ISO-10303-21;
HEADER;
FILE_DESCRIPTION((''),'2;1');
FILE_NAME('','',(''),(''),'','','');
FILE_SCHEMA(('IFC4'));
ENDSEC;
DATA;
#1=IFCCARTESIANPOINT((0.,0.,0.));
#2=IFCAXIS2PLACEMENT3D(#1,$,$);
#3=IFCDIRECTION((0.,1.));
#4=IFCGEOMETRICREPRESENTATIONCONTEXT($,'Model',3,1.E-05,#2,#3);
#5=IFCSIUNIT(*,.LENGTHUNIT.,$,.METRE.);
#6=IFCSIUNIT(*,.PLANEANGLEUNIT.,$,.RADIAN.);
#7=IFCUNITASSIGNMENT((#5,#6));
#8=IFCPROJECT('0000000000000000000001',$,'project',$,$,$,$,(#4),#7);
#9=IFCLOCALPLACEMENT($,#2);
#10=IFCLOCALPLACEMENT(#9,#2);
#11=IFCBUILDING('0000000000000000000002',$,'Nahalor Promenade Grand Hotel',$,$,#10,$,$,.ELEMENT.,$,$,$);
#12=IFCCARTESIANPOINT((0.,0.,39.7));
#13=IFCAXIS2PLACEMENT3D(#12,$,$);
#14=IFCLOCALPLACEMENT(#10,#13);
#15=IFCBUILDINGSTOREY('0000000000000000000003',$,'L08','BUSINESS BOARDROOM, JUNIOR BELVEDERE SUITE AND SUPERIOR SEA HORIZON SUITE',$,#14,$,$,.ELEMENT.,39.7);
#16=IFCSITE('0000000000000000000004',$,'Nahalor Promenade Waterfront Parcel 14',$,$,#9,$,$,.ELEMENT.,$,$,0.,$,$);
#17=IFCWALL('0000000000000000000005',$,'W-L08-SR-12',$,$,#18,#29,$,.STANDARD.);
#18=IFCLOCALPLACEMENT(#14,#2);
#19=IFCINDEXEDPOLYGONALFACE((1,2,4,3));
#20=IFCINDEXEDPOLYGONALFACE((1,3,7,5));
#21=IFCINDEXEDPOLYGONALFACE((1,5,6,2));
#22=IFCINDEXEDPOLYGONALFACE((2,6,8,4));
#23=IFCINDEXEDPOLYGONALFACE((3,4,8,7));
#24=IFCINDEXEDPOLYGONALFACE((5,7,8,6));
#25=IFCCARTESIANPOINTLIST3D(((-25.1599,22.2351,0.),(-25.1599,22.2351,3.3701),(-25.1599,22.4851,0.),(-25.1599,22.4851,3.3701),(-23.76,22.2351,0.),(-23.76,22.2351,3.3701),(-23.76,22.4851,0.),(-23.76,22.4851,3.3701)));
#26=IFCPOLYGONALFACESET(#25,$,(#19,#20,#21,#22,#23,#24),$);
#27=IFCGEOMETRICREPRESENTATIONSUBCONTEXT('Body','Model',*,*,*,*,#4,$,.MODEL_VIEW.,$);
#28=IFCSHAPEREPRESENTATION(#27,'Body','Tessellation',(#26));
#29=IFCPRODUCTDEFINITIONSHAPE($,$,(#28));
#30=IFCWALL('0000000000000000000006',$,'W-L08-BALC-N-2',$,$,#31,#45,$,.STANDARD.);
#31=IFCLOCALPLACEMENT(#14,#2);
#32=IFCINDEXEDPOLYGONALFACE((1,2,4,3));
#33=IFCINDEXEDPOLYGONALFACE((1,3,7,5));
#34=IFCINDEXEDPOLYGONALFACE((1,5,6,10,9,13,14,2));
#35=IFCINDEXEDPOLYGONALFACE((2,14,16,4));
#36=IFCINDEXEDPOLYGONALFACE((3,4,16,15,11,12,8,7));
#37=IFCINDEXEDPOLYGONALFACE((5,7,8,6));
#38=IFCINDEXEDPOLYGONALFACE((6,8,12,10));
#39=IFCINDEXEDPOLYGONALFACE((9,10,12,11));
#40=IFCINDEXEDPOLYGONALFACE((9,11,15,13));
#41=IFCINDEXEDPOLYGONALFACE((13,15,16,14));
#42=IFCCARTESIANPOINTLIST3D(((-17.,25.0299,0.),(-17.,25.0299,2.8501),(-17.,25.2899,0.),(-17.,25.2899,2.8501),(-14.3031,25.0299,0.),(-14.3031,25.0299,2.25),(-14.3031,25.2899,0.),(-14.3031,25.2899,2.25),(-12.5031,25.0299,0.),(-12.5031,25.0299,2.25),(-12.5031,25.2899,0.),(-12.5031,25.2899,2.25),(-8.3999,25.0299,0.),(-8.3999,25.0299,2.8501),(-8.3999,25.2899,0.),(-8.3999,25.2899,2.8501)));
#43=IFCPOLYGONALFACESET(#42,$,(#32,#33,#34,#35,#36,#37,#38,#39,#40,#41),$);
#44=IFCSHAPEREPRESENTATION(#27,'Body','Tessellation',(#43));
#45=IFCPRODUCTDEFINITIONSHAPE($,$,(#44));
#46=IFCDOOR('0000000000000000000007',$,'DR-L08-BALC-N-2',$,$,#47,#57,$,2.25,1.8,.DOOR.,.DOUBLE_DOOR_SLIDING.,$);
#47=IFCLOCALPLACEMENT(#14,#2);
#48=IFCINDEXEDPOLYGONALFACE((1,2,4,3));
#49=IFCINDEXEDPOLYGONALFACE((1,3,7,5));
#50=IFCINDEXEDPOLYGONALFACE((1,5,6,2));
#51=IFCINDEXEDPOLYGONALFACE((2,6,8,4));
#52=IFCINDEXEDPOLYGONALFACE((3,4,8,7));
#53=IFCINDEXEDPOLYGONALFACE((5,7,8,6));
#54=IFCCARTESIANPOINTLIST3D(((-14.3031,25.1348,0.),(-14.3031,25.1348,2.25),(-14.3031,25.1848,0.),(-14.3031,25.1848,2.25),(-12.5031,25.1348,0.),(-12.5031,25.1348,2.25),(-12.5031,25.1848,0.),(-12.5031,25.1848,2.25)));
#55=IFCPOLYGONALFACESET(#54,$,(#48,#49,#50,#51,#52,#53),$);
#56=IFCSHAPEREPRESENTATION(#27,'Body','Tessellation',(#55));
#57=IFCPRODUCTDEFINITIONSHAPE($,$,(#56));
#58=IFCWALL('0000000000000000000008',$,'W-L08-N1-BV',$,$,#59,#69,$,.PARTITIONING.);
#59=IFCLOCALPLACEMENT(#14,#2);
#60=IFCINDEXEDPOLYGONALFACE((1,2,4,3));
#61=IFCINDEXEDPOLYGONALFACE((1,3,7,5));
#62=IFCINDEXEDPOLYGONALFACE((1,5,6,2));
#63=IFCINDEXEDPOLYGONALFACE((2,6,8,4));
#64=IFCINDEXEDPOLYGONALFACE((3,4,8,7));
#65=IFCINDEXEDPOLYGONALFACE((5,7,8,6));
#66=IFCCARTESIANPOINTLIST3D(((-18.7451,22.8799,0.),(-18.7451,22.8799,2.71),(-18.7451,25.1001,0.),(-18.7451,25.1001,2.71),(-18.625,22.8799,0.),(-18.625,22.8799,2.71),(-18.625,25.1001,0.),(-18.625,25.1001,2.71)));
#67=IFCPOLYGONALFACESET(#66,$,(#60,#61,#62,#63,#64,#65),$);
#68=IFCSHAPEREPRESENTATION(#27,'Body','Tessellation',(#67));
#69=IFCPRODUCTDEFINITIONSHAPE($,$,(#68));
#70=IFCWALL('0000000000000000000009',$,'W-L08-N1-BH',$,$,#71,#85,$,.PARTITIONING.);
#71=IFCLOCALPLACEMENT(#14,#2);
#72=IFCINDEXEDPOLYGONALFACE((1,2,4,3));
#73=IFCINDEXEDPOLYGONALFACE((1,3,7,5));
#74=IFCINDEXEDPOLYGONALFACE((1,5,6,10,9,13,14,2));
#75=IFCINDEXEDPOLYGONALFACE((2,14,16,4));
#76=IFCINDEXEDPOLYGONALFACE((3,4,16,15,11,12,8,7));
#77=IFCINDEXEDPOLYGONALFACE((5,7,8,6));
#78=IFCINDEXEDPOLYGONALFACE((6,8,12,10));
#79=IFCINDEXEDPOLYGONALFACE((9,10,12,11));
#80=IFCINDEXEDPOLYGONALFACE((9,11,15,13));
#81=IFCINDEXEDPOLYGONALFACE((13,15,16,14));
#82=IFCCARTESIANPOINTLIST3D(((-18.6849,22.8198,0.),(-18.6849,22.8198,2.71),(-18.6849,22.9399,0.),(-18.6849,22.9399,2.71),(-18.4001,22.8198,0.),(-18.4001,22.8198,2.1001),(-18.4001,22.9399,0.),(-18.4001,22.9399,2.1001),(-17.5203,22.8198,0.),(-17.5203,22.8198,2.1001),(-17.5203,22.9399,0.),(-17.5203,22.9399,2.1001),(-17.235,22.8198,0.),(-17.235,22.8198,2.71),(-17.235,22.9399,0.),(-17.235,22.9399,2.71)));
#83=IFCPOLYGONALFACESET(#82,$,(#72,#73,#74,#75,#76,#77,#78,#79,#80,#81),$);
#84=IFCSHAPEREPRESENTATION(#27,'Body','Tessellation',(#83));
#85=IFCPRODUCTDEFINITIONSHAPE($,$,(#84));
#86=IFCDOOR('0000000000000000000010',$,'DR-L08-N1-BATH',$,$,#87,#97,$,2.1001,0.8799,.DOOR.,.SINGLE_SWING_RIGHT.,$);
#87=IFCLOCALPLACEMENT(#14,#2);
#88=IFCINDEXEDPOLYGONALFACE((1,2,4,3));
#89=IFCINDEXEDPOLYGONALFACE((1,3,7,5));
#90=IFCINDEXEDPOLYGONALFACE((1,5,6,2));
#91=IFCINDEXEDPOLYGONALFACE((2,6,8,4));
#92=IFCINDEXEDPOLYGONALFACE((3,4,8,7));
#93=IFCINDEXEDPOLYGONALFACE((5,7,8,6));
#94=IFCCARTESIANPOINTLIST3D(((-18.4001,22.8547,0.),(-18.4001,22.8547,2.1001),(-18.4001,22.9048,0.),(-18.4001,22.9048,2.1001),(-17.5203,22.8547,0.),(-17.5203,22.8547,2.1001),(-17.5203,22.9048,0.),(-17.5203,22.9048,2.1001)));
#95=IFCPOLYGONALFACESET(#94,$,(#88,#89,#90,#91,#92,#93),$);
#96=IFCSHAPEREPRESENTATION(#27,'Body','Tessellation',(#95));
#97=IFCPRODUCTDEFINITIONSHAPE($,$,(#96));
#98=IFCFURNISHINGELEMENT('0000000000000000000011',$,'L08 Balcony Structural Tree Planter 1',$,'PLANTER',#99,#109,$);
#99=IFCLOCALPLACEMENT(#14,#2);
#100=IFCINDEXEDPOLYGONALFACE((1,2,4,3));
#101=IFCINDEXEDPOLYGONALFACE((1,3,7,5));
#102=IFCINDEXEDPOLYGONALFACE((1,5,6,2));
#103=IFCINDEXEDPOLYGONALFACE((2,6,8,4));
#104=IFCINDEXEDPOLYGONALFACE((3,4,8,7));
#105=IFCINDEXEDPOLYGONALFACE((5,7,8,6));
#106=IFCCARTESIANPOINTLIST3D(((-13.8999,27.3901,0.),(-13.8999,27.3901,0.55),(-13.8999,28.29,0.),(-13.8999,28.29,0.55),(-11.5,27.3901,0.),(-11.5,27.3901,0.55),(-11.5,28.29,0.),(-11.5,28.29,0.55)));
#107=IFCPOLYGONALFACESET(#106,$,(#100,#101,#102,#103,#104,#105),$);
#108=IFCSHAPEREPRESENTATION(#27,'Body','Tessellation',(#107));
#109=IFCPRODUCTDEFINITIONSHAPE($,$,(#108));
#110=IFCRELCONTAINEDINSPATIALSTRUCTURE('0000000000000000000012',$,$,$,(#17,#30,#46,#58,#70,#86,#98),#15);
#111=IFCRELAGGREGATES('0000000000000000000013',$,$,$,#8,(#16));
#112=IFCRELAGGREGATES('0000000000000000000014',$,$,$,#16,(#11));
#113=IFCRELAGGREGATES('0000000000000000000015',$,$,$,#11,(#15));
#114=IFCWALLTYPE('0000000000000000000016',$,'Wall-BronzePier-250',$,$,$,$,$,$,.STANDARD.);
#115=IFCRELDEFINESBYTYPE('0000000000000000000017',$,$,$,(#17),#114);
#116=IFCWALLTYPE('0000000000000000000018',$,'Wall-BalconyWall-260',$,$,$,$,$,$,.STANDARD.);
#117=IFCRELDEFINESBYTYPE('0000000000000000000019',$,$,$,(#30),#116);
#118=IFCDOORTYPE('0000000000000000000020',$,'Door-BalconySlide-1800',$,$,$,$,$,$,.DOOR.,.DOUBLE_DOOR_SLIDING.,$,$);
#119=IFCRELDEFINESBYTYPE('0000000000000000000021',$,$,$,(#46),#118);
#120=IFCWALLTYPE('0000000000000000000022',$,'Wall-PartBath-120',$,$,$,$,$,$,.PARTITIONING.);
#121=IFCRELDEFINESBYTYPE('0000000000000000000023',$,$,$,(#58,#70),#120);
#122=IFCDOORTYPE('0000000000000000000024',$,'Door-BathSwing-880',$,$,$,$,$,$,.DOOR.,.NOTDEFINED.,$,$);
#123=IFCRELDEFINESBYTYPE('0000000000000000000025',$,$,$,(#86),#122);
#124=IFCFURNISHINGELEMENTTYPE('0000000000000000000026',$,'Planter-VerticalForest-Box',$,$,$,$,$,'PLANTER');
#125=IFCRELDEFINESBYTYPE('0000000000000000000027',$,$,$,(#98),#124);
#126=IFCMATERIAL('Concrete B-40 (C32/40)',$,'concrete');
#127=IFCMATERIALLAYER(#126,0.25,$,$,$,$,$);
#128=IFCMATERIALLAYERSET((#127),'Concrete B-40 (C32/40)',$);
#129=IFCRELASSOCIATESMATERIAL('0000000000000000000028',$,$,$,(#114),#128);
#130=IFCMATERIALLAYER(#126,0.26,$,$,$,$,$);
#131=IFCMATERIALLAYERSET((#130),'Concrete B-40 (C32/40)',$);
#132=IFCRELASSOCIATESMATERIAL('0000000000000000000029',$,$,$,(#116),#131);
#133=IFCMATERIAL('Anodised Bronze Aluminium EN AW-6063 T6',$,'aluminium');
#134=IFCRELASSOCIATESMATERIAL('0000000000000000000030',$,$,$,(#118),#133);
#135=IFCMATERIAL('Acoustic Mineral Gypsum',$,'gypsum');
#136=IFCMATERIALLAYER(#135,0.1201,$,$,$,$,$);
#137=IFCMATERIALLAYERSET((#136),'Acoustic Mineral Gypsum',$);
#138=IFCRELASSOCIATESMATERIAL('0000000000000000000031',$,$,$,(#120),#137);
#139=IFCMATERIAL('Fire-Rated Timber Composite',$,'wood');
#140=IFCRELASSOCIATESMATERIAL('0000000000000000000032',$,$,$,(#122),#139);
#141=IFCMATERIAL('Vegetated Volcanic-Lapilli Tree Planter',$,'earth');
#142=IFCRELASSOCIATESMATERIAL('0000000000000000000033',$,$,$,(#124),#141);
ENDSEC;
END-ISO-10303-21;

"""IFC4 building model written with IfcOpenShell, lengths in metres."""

from ifc_helpers import new_model, si_unit, direction, frame, frame_2d, origin, origin_2d, place, context, subcontext, project, spatial, rectangle, extrude, source, transform, mapped, material, layer, layer_set, type_object, element, fill, save


model = new_model("IFC4")

# Units and contexts
model_context = context("Model", 3, precision=1e-05, world=origin(), true_north=direction((0.0, 1.0)))
body_context = subcontext(model_context, "Body", "Model", "MODEL_VIEW")
ifc_project = project(units=[si_unit("LENGTHUNIT", "METRE"), si_unit("PLANEANGLEUNIT", "RADIAN")], contexts=[model_context])

# Site, building, storey
site_placement = place(None, origin())
site = spatial("IfcSite", under=ifc_project, at=site_placement, Name="Nahalor Promenade Waterfront Parcel 14", CompositionType="ELEMENT", RefElevation=0.0)
building_placement = place(site_placement, origin())
building = spatial("IfcBuilding", under=site, at=building_placement, Name="Nahalor Promenade Grand Hotel", CompositionType="ELEMENT")
storey_placement = place(building_placement, frame((0.0, 0.0, 39.7)))
storey = spatial("IfcBuildingStorey", under=building, at=storey_placement, Name="L08", Description="BUSINESS BOARDROOM, JUNIOR BELVEDERE SUITE AND SUPERIOR SEA HORIZON SUITE", CompositionType="ELEMENT", Elevation=39.7)

# Shared definitions
ifc_material_1 = material(Name="Anodised Bronze Aluminium EN AW-6063 T6", Category="aluminium")

# Wall
ifc_material_2 = material(Name="Concrete B-40 (C32/40)", Category="concrete")
ifc_layer_1 = layer(ifc_material_2, 0.25)
ifc_layer_set_1 = layer_set([ifc_layer_1], Name="Concrete B-40 (C32/40)")
wall_type_1 = type_object("IfcWallType", Name="Wall-BronzePier-250", PredefinedType="STANDARD", material=ifc_layer_set_1)
shared_shape_1 = source(origin(), body_context, "Body", "SweptSolid", [
    extrude(rectangle(XDim=1.3999, YDim=0.25, at=frame_2d((0.7, 0.0))), origin(), (0.0, 0.0, 1.0), 3.3701),
])
for number, where, z_axis, x_axis, name in (
    (1, (-25.1599, 22.3601, 0.0), (0.0, 0.0, 1.0), (1.0, 0.0, 0.0), "W-L08-SR-12"),
):
    element("IfcWall", number, at=place(storey_placement, frame(where, z_axis=z_axis, x_axis=x_axis)), inside=storey, type_object=wall_type_1, Name=name, PredefinedType="STANDARD", context=body_context, shape_type="MappedRepresentation", body=[
        mapped(shared_shape_1, transform((0.0, 0.0, 0.0), scale=1.0)),
    ])

# Wall, opening, door
ifc_layer_2 = layer(ifc_material_2, 0.26)
ifc_layer_set_2 = layer_set([ifc_layer_2], Name="Concrete B-40 (C32/40)")
wall_type_2 = type_object("IfcWallType", Name="Wall-BalconyWall-260", PredefinedType="STANDARD", material=ifc_layer_set_2)
shared_shape_2 = source(origin(), body_context, "Body", "SweptSolid", [
    extrude(rectangle(XDim=8.6001, YDim=0.26, at=frame_2d((4.3, 0.0))), origin(), (0.0, 0.0, 1.0), 2.8501),
])
wall_1_placement = place(storey_placement, frame((-17.0, 25.1599, 0.0), z_axis=(0.0, 0.0, 1.0), x_axis=(1.0, 0.0, 0.0)))
wall_1 = element("IfcWall", 2, at=wall_1_placement, inside=storey, type_object=wall_type_2, Name="W-L08-BALC-N-2", PredefinedType="STANDARD", context=body_context, shape_type="MappedRepresentation", body=[
    mapped(shared_shape_2, transform((0.0, 0.0, 0.0), scale=1.0)),
])
opening_1_placement = place(wall_1_placement, frame((2.697, 0.0, 0.0)))
opening_1 = element("IfcOpeningElement", 3, at=opening_1_placement, cuts=wall_1, PredefinedType="OPENING", context=body_context, shape_type="SweptSolid", body=[
    extrude(rectangle(XDim=1.8, YDim=2.25, at=frame_2d((0.8999, 1.125))), frame((0.0, 0.1399, 0.0), z_axis=(0.0, -1.0, 0.0), x_axis=(1.0, 0.0, 0.0)), (0.0, 0.0, 1.0), 0.28),
])
door_type_1 = type_object("IfcDoorType", Name="Door-BalconySlide-1800", OperationType="DOUBLE_DOOR_SLIDING", PredefinedType="DOOR", material=ifc_material_1)
shared_shape_3 = source(origin(), body_context, "Body", "SweptSolid", [
    extrude(rectangle(XDim=1.8, YDim=2.25, at=frame_2d((0.8999, 1.125))), frame((0.0, 0.0249, 0.0), z_axis=(0.0, -1.0, 0.0), x_axis=(1.0, 0.0, 0.0)), (0.0, 0.0, 1.0), 0.05),
])
door_1_placement = place(opening_1_placement, origin())
door_1 = element("IfcDoor", 4, at=door_1_placement, inside=storey, type_object=door_type_1, Name="DR-L08-BALC-N-2", OperationType="DOUBLE_DOOR_SLIDING", OverallHeight=2.25, OverallWidth=1.8, PredefinedType="DOOR", context=body_context, shape_type="MappedRepresentation", body=[
    mapped(shared_shape_3, transform((0.0, 0.0, 0.0), scale=1.0)),
])
fill(opening_1, door_1)

# Wall
ifc_material_3 = material(Name="Acoustic Mineral Gypsum", Category="gypsum")
ifc_layer_3 = layer(ifc_material_3, 0.1201)
ifc_layer_set_3 = layer_set([ifc_layer_3], Name="Acoustic Mineral Gypsum")
wall_type_3 = type_object("IfcWallType", Name="Wall-PartBath-120", PredefinedType="PARTITIONING", material=ifc_layer_set_3)
shared_shape_4 = source(origin(), body_context, "Body", "SweptSolid", [
    extrude(rectangle(XDim=2.2202, YDim=0.1201, at=frame_2d((1.1101, 0.0))), origin(), (0.0, 0.0, 1.0), 2.71),
])
wall_2_placement = place(storey_placement, frame((-18.6851, 22.8799, 0.0), z_axis=(0.0, 0.0, 1.0), x_axis=(0.0, 1.0, 0.0)))
element("IfcWall", 5, at=wall_2_placement, inside=storey, type_object=wall_type_3, Name="W-L08-N1-BV", PredefinedType="PARTITIONING", context=body_context, shape_type="MappedRepresentation", body=[
    mapped(shared_shape_4, transform((0.0, 0.0, 0.0), scale=1.0)),
])

# Wall, opening, door
shared_shape_5 = source(origin(), body_context, "Body", "SweptSolid", [
    extrude(rectangle(XDim=1.45, YDim=0.1201, at=frame_2d((0.7251, 0.0))), origin(), (0.0, 0.0, 1.0), 2.71),
])
wall_3_placement = place(storey_placement, frame((-18.6851, 22.8799, 0.0), z_axis=(0.0, 0.0, 1.0), x_axis=(1.0, 0.0, 0.0)))
wall_3 = element("IfcWall", 6, at=wall_3_placement, inside=storey, type_object=wall_type_3, Name="W-L08-N1-BH", PredefinedType="PARTITIONING", context=body_context, shape_type="MappedRepresentation", body=[
    mapped(shared_shape_5, transform((0.0, 0.0, 0.0), scale=1.0)),
])
opening_2_placement = place(wall_3_placement, frame((0.2849, 0.0, 0.0)))
opening_2 = element("IfcOpeningElement", 7, at=opening_2_placement, cuts=wall_3, PredefinedType="OPENING", context=body_context, shape_type="SweptSolid", body=[
    extrude(rectangle(XDim=0.8799, YDim=2.1001, at=frame_2d((0.4399, 1.05))), frame((0.0, 0.0701, 0.0), z_axis=(0.0, -1.0, 0.0), x_axis=(1.0, 0.0, 0.0)), (0.0, 0.0, 1.0), 0.1401),
])
ifc_material_4 = material(Name="Fire-Rated Timber Composite", Category="wood")
door_type_2 = type_object("IfcDoorType", Name="Door-BathSwing-880", OperationType="NOTDEFINED", PredefinedType="DOOR", material=ifc_material_4)
shared_shape_6 = source(origin(), body_context, "Body", "SweptSolid", [
    extrude(rectangle(XDim=0.8799, YDim=2.1001, at=frame_2d((0.4399, 1.05))), frame((0.0, 0.0249, 0.0), z_axis=(0.0, -1.0, 0.0), x_axis=(1.0, 0.0, 0.0)), (0.0, 0.0, 1.0), 0.05),
])
door_2_placement = place(opening_2_placement, origin())
door_2 = element("IfcDoor", 8, at=door_2_placement, inside=storey, type_object=door_type_2, Name="DR-L08-N1-BATH", OperationType="SINGLE_SWING_RIGHT", OverallHeight=2.1001, OverallWidth=0.8799, PredefinedType="DOOR", context=body_context, shape_type="MappedRepresentation", body=[
    mapped(shared_shape_6, transform((0.0, 0.0, 0.0), scale=1.0)),
])
fill(opening_2, door_2)

# Furnishing element
ifc_material_5 = material(Name="Vegetated Volcanic-Lapilli Tree Planter", Category="earth")
furnishing_element_type = type_object("IfcFurnishingElementType", Name="Planter-VerticalForest-Box", ElementType="PLANTER", material=ifc_material_5)
shared_shape_7 = source(origin(), body_context, "Body", "SweptSolid", [
    extrude(rectangle(XDim=2.3999, YDim=0.8999, at=origin_2d()), origin(), (0.0, 0.0, 1.0), 0.55),
])
furnishing_placement = place(storey_placement, frame((-12.7, 27.8401, 0.0), z_axis=(0.0, 0.0, 1.0), x_axis=(1.0, 0.0, 0.0)))
element("IfcFurnishingElement", 9, at=furnishing_placement, inside=storey, type_object=furnishing_element_type, Name="L08 Balcony Structural Tree Planter 1", ObjectType="PLANTER", context=body_context, shape_type="MappedRepresentation", body=[
    mapped(shared_shape_7, transform((0.0, 0.0, 0.0), scale=1.0)),
])

save(model, "model.ifc")
